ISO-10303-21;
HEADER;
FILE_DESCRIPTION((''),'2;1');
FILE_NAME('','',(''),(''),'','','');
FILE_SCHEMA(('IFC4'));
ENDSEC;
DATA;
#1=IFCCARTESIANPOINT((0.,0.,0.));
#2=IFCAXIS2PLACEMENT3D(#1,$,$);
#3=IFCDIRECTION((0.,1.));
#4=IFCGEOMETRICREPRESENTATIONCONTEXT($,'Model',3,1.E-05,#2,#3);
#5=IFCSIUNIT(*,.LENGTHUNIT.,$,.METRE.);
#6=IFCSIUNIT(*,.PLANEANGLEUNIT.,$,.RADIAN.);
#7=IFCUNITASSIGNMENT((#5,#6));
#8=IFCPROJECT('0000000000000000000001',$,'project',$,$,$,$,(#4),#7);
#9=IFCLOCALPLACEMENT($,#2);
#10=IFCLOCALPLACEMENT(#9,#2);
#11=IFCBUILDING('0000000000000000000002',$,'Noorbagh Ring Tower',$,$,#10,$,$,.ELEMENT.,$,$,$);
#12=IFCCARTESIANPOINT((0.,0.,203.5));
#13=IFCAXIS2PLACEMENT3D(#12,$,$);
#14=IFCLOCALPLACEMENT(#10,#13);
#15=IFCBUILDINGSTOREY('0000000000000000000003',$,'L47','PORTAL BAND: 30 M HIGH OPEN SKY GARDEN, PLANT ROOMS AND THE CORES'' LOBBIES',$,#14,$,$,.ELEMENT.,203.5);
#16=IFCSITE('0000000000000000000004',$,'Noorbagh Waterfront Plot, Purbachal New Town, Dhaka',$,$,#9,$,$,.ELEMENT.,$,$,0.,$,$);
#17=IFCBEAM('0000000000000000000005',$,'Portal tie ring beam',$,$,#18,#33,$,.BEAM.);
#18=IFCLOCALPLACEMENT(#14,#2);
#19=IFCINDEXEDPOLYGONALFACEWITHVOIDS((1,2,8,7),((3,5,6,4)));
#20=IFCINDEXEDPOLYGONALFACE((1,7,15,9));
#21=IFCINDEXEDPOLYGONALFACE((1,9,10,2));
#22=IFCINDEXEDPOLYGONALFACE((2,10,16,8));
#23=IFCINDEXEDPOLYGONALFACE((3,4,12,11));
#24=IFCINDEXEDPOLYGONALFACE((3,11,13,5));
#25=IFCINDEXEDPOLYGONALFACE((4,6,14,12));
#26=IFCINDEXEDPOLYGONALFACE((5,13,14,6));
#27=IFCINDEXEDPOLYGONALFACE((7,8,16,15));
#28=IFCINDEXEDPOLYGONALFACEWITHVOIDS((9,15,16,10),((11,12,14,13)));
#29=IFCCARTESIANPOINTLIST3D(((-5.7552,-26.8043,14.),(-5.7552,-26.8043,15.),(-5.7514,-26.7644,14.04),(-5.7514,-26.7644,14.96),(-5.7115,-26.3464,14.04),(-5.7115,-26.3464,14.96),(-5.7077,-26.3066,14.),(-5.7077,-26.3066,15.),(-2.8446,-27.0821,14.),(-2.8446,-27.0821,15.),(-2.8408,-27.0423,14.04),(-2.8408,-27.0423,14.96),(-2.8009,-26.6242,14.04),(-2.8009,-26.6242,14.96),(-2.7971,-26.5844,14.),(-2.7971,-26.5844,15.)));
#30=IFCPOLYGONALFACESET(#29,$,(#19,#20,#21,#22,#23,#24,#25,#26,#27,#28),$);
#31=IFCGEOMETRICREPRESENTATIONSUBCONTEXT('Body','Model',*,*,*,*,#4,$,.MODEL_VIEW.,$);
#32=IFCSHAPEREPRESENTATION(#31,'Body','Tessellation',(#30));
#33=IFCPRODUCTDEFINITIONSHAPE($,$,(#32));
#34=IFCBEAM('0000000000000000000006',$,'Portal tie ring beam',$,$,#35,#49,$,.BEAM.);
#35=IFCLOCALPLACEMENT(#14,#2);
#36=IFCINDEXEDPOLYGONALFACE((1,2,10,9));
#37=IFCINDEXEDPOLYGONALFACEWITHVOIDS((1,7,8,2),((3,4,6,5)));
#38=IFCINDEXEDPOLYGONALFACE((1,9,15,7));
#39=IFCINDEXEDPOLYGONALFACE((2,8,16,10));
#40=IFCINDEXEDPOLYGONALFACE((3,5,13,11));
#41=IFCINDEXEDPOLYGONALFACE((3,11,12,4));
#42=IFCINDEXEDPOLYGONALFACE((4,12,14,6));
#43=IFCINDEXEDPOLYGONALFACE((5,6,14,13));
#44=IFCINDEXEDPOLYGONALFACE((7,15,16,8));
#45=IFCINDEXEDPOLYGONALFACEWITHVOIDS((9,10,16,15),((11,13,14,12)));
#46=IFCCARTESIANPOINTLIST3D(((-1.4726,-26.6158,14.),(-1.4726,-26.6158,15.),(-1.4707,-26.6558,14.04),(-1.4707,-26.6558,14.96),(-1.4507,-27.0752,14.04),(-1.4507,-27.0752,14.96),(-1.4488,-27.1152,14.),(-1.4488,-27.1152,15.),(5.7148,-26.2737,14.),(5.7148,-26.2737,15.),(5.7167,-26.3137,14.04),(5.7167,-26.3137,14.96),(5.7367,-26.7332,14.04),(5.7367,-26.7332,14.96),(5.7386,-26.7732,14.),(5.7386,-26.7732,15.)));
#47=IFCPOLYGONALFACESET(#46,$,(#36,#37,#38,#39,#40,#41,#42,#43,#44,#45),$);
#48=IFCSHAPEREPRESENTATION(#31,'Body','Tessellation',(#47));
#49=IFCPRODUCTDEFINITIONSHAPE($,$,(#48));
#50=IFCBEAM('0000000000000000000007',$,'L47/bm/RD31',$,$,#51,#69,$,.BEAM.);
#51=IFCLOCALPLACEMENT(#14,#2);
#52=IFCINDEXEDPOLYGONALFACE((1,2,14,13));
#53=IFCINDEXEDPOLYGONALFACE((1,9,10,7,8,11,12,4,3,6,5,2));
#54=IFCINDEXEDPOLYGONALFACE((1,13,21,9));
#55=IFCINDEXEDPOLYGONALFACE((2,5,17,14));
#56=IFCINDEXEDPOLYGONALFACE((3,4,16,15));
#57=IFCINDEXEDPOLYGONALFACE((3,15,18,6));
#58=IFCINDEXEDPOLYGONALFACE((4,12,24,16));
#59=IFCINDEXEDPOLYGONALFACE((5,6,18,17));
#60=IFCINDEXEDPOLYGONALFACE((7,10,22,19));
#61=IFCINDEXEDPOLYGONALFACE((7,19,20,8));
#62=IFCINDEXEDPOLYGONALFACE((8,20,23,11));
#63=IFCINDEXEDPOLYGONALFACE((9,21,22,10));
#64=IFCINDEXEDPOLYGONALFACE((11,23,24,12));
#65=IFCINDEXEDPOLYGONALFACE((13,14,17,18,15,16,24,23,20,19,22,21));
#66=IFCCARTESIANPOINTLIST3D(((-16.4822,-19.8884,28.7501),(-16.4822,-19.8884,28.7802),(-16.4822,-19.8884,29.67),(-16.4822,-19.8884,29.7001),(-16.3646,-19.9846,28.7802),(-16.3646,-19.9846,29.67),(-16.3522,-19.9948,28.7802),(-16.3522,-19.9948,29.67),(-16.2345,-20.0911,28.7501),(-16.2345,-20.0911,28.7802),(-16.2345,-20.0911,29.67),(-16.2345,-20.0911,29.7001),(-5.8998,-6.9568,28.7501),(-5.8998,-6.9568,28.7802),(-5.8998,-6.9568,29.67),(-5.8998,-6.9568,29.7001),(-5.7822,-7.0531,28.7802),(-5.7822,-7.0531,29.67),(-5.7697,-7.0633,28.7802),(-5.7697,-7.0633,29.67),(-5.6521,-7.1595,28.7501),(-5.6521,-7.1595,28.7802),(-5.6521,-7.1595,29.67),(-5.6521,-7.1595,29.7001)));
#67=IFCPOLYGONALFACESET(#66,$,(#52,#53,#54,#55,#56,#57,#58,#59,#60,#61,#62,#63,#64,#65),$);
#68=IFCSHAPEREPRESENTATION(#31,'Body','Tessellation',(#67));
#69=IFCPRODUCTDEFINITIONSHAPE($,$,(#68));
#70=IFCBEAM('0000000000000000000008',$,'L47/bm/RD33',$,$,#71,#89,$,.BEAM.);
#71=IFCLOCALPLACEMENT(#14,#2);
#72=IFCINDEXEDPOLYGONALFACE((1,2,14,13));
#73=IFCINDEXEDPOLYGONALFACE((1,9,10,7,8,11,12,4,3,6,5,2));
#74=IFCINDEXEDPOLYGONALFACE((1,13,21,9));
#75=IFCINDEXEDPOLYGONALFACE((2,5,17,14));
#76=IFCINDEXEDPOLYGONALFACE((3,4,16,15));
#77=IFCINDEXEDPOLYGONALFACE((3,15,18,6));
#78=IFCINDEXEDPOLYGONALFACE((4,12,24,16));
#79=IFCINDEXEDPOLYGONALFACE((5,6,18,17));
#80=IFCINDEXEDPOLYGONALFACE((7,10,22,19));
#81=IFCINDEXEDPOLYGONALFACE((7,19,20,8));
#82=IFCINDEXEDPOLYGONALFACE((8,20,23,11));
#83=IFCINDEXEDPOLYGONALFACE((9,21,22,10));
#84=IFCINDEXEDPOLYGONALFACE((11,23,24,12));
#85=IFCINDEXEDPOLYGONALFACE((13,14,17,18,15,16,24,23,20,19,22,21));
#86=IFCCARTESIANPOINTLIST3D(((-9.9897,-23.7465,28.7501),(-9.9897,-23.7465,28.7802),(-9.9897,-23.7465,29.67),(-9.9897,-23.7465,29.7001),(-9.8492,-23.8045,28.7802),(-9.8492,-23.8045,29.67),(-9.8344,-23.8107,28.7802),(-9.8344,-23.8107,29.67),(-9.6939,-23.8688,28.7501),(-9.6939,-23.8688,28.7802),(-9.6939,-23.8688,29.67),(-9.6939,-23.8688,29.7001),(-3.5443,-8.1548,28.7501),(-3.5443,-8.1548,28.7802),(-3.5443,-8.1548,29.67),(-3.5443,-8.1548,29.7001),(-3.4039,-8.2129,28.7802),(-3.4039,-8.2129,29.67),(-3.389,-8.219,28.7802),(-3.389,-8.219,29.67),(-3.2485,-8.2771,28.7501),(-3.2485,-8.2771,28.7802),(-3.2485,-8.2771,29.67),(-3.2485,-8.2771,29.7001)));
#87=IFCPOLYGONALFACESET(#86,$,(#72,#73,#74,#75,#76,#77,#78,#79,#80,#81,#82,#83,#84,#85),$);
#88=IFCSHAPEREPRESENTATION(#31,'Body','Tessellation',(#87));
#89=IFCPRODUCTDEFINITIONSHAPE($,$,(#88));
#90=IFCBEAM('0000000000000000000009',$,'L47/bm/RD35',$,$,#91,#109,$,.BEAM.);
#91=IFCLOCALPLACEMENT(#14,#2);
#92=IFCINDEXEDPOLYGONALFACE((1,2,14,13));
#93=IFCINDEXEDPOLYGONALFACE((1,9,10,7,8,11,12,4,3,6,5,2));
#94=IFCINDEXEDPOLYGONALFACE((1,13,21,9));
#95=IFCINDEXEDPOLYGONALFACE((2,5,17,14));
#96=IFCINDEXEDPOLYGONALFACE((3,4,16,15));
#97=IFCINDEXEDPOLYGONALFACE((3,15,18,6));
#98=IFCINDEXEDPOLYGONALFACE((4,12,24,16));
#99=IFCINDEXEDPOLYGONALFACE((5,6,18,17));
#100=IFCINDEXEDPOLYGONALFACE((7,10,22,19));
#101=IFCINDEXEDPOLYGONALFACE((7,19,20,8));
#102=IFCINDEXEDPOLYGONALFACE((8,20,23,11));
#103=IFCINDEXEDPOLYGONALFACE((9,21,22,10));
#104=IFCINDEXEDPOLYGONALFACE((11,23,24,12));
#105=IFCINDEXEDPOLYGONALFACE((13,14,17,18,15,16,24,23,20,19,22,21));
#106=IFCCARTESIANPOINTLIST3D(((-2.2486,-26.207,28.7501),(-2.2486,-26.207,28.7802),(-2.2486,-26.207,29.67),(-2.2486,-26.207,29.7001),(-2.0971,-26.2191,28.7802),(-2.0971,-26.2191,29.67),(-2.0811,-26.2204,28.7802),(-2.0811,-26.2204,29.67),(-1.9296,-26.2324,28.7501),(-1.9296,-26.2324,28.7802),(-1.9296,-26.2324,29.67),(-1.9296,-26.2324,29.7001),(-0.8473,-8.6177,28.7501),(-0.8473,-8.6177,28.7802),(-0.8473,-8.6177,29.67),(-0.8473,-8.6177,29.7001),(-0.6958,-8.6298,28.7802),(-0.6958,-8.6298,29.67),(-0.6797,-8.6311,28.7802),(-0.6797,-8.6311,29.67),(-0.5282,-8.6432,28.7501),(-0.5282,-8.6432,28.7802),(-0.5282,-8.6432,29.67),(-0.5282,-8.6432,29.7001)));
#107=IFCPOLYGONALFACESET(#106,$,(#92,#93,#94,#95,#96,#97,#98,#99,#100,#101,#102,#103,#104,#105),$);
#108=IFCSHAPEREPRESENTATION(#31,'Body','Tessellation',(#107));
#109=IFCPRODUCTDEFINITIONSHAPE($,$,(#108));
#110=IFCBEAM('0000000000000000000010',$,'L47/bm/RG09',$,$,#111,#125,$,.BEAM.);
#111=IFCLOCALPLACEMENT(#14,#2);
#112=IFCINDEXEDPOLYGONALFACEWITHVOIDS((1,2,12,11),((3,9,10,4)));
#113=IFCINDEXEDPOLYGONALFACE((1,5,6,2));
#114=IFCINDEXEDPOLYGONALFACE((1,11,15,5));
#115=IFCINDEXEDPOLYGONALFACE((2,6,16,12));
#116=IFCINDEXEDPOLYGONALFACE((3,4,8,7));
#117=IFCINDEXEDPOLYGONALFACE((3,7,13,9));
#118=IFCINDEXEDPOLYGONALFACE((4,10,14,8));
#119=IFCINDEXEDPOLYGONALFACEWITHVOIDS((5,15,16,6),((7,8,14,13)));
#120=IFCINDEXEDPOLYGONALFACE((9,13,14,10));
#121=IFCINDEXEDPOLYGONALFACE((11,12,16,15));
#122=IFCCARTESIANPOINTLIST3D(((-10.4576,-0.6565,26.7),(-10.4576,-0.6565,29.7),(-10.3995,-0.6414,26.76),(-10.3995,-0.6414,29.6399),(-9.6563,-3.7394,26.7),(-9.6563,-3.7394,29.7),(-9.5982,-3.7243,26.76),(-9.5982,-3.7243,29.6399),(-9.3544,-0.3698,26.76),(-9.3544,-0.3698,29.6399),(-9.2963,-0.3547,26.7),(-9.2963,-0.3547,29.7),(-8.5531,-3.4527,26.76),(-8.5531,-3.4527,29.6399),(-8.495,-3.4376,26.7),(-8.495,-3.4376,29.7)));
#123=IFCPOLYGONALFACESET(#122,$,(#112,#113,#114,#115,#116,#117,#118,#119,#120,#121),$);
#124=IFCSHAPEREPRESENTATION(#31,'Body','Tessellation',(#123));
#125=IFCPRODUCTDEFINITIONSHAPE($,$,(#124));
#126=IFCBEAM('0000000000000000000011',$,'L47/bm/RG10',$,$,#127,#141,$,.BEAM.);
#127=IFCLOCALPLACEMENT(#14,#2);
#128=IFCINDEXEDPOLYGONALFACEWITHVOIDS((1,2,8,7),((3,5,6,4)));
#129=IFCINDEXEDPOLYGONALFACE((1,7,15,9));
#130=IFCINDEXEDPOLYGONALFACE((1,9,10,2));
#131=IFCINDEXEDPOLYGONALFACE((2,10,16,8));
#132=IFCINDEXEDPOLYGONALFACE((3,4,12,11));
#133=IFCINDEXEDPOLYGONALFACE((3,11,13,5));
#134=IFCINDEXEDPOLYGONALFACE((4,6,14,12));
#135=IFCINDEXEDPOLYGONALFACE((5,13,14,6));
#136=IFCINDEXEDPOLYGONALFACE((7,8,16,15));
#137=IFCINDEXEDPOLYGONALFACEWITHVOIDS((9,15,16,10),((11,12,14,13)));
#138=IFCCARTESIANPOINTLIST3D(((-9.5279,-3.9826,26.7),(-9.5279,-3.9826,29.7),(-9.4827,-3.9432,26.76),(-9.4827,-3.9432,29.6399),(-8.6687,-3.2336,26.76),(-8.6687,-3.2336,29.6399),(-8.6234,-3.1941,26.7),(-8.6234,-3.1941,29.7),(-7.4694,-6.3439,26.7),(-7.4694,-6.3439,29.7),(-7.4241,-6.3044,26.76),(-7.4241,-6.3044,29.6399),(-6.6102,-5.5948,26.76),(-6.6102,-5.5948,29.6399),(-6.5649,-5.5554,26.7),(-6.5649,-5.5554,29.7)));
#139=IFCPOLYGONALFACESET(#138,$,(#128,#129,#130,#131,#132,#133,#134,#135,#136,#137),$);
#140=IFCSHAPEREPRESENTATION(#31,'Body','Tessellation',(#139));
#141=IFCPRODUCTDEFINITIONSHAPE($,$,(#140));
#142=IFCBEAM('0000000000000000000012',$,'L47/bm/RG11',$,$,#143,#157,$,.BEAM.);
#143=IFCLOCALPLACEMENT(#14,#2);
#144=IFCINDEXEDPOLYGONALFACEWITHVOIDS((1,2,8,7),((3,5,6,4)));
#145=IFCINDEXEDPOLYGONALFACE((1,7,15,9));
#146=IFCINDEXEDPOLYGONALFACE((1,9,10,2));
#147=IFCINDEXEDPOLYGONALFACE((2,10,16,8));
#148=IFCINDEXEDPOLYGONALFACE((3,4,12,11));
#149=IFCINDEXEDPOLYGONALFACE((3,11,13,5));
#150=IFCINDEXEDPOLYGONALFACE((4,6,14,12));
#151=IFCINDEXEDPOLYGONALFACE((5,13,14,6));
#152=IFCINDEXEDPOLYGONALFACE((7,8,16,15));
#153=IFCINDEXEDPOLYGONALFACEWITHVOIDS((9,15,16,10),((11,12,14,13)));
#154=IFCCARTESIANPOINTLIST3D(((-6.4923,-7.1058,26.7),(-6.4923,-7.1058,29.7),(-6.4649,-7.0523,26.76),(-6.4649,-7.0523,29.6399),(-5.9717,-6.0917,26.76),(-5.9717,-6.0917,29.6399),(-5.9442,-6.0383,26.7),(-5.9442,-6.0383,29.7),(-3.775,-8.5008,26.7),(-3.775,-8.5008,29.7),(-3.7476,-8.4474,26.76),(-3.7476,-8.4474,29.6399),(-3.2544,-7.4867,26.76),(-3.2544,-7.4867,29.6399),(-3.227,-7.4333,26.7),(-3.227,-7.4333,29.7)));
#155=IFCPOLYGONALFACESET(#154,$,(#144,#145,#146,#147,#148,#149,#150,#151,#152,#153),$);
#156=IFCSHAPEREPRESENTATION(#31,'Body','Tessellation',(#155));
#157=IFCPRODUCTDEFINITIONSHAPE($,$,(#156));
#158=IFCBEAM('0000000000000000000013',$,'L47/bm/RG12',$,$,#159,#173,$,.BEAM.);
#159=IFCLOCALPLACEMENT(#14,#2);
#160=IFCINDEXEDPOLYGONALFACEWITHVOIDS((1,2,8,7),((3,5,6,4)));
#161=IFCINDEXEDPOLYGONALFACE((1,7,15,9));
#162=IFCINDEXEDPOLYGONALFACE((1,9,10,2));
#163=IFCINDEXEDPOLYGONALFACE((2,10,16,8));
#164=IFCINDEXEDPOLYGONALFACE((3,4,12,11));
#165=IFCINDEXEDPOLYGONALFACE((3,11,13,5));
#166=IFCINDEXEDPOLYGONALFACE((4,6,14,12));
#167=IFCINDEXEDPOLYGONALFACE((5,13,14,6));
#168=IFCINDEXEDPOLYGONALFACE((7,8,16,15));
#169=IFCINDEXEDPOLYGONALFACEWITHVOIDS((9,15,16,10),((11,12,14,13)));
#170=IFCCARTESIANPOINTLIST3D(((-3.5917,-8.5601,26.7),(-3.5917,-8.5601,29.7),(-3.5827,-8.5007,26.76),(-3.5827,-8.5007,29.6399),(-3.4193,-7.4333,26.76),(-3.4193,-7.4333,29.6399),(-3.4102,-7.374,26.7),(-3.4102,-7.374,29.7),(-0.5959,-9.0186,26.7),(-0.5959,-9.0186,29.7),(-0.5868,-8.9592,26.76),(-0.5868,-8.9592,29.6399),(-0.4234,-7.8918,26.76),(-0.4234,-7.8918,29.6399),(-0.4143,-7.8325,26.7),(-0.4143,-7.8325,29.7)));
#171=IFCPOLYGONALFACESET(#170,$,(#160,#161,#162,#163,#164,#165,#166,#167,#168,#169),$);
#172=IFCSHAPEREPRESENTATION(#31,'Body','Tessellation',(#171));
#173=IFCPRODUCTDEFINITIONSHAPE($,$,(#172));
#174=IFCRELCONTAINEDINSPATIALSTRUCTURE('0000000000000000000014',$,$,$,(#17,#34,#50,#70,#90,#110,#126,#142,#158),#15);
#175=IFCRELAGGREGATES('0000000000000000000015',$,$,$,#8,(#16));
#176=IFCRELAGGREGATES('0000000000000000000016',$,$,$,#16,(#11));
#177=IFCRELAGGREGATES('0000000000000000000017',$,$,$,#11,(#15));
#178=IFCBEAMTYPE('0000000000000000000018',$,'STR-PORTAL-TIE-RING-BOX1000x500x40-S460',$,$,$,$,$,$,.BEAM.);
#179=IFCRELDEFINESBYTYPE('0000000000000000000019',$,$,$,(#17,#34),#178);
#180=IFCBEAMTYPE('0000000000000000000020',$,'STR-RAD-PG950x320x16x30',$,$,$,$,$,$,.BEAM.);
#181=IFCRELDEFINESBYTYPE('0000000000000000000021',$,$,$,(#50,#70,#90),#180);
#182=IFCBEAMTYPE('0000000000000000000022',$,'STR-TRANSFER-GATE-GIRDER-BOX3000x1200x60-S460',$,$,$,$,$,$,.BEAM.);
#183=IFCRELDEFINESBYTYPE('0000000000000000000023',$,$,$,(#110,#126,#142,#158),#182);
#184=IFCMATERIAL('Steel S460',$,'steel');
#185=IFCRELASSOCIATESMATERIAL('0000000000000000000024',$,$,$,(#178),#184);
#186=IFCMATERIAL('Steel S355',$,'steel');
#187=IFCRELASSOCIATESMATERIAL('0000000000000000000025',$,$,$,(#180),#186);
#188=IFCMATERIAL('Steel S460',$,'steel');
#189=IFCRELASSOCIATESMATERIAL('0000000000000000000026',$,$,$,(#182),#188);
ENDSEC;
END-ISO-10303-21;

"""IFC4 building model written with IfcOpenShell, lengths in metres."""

from ifc_helpers import new_model, si_unit, direction, frame, origin, origin_2d, place, context, subcontext, project, spatial, hollow_rectangle, i_section, extrude, material, material_profile, profile_set, type_object, element, save


model = new_model("IFC4")

# Units and contexts
model_context = context("Model", 3, precision=1e-05, world=origin(), true_north=direction((0.0, 1.0)))
body_context = subcontext(model_context, "Body", "Model", "MODEL_VIEW")
ifc_project = project(units=[si_unit("LENGTHUNIT", "METRE"), si_unit("PLANEANGLEUNIT", "RADIAN")], contexts=[model_context])

# Site, building, storey
site_placement = place(None, origin())
site = spatial("IfcSite", under=ifc_project, at=site_placement, Name="Noorbagh Waterfront Plot, Purbachal New Town, Dhaka", CompositionType="ELEMENT", RefElevation=0.0)
building_placement = place(site_placement, origin())
building = spatial("IfcBuilding", under=site, at=building_placement, Name="Noorbagh Ring Tower", CompositionType="ELEMENT")
storey_placement = place(building_placement, frame((0.0, 0.0, 203.5)))
storey = spatial("IfcBuildingStorey", under=building, at=storey_placement, Name="L47", Description="PORTAL BAND: 30 M HIGH OPEN SKY GARDEN, PLANT ROOMS AND THE CORES' LOBBIES", CompositionType="ELEMENT", Elevation=203.5)

# Beams
ifc_material_1 = material(Name="Steel S460", Category="steel")
ifc_material_profile_1 = material_profile(ifc_material_1, hollow_rectangle(XDim=0.5, YDim=1.0, WallThickness=0.04, at=origin_2d()), Name="BOX1000x500x40")
ifc_profile_set_1 = profile_set([ifc_material_profile_1], Name="Steel S460")
beam_type_1 = type_object("IfcBeamType", Name="STR-PORTAL-TIE-RING-BOX1000x500x40-S460", PredefinedType="BEAM", material=ifc_profile_set_1)
beam_1_placement = place(storey_placement, frame((-5.7314, -26.5554, 14.5), z_axis=(0.995475, -0.095022, 0.0), x_axis=(0.095022, 0.995475, 0.0)))
element("IfcBeam", 1, at=beam_1_placement, inside=storey, type_object=beam_type_1, Name="Portal tie ring beam", PredefinedType="BEAM", context=body_context, shape_type="SweptSolid", body=[
    extrude(hollow_rectangle(XDim=0.5, YDim=1.0, WallThickness=0.04, at=origin_2d()), origin(), (0.0, 0.0, 1.0), 2.9238),
])
beam_2_placement = place(storey_placement, frame((-1.4607, -26.8655, 14.5), z_axis=(0.99887, 0.047535, 0.0), x_axis=(-0.047535, 0.99887, 0.0)))
element("IfcBeam", 2, at=beam_2_placement, inside=storey, type_object=beam_type_1, Name="Portal tie ring beam", PredefinedType="BEAM", context=body_context, shape_type="SweptSolid", body=[
    extrude(hollow_rectangle(XDim=0.5, YDim=1.0, WallThickness=0.04, at=origin_2d()), origin(), (0.0, 0.0, 1.0), 7.1956),
])
ifc_material_2 = material(Name="Steel S355", Category="steel")
ifc_material_profile_2 = material_profile(ifc_material_2, i_section(OverallWidth=0.3201, OverallDepth=0.95, WebThickness=0.0161, FlangeThickness=0.03, at=origin_2d()), Name="PG950x320x16x30")
ifc_profile_set_2 = profile_set([ifc_material_profile_2], Name="Steel S355")
beam_type_2 = type_object("IfcBeamType", Name="STR-RAD-PG950x320x16x30", PredefinedType="BEAM", material=ifc_profile_set_2)
beam_3_placement = place(storey_placement, frame((-16.3584, -19.9897, 29.2251), z_axis=(0.633313, 0.773896, 0.0), x_axis=(-0.773896, 0.633313, 0.0)))
element("IfcBeam", 3, at=beam_3_placement, inside=storey, type_object=beam_type_2, Name="L47/bm/RD31", PredefinedType="BEAM", context=body_context, shape_type="SweptSolid", body=[
    extrude(i_section(OverallWidth=0.3201, OverallDepth=0.95, WebThickness=0.0161, FlangeThickness=0.03, at=origin_2d()), origin(), (0.0, 0.0, 1.0), 16.7097),
])
beam_4_placement = place(storey_placement, frame((-9.8418, -23.8076, 29.2251), z_axis=(0.38203, 0.92415, 0.0), x_axis=(-0.92415, 0.38203, 0.0)))
element("IfcBeam", 4, at=beam_4_placement, inside=storey, type_object=beam_type_2, Name="L47/bm/RD33", PredefinedType="BEAM", context=body_context, shape_type="SweptSolid", body=[
    extrude(i_section(OverallWidth=0.3201, OverallDepth=0.95, WebThickness=0.0161, FlangeThickness=0.03, at=origin_2d()), origin(), (0.0, 0.0, 1.0), 16.8713),
])
beam_5_placement = place(storey_placement, frame((-2.0891, -26.2197, 29.2251), z_axis=(0.07942, 0.996841, 0.0), x_axis=(-0.996841, 0.07942, 0.0)))
element("IfcBeam", 5, at=beam_5_placement, inside=storey, type_object=beam_type_2, Name="L47/bm/RD35", PredefinedType="BEAM", context=body_context, shape_type="SweptSolid", body=[
    extrude(i_section(OverallWidth=0.3201, OverallDepth=0.95, WebThickness=0.0161, FlangeThickness=0.03, at=origin_2d()), origin(), (0.0, 0.0, 1.0), 17.645),
])
ifc_material_3 = material(Name="Steel S460", Category="steel")
ifc_material_profile_3 = material_profile(ifc_material_3, hollow_rectangle(XDim=1.2, YDim=3.0, WallThickness=0.0601, at=origin_2d()), Name="BOX3000x1200x60")
ifc_profile_set_3 = profile_set([ifc_material_profile_3], Name="Steel S460")
beam_type_3 = type_object("IfcBeamType", Name="STR-TRANSFER-GATE-GIRDER-BOX3000x1200x60-S460", PredefinedType="BEAM", material=ifc_profile_set_3)
beam_6_placement = place(storey_placement, frame((-9.877, -0.5056, 28.2), z_axis=(0.251561, -0.967842, 0.0), x_axis=(0.967842, 0.251561, 0.0)))
element("IfcBeam", 6, at=beam_6_placement, inside=storey, type_object=beam_type_3, Name="L47/bm/RG09", PredefinedType="BEAM", context=body_context, shape_type="SweptSolid", body=[
    extrude(hollow_rectangle(XDim=1.2, YDim=3.0, WallThickness=0.0601, at=origin_2d()), origin(), (0.0, 0.0, 1.0), 3.1853),
])
beam_7_placement = place(storey_placement, frame((-9.0757, -3.5884, 28.2), z_axis=(0.657135, -0.753773, 0.0), x_axis=(0.753773, 0.657135, 0.0)))
element("IfcBeam", 7, at=beam_7_placement, inside=storey, type_object=beam_type_3, Name="L47/bm/RG10", PredefinedType="BEAM", context=body_context, shape_type="SweptSolid", body=[
    extrude(hollow_rectangle(XDim=1.2, YDim=3.0, WallThickness=0.0601, at=origin_2d()), origin(), (0.0, 0.0, 1.0), 3.1326),
])
beam_8_placement = place(storey_placement, frame((-6.2183, -6.572, 28.2), z_axis=(0.889613, -0.456716, 0.0), x_axis=(0.456716, 0.889613, 0.0)))
element("IfcBeam", 8, at=beam_8_placement, inside=storey, type_object=beam_type_3, Name="L47/bm/RG11", PredefinedType="BEAM", context=body_context, shape_type="SweptSolid", body=[
    extrude(hollow_rectangle(XDim=1.2, YDim=3.0, WallThickness=0.0601, at=origin_2d()), origin(), (0.0, 0.0, 1.0), 3.0544),
])
beam_9_placement = place(storey_placement, frame((-3.501, -7.967, 28.2), z_axis=(0.988491, -0.151282, 0.0), x_axis=(0.151282, 0.988491, 0.0)))
element("IfcBeam", 9, at=beam_9_placement, inside=storey, type_object=beam_type_3, Name="L47/bm/RG12", PredefinedType="BEAM", context=body_context, shape_type="SweptSolid", body=[
    extrude(hollow_rectangle(XDim=1.2, YDim=3.0, WallThickness=0.0601, at=origin_2d()), origin(), (0.0, 0.0, 1.0), 3.0308),
])

save(model, "model.ifc")
